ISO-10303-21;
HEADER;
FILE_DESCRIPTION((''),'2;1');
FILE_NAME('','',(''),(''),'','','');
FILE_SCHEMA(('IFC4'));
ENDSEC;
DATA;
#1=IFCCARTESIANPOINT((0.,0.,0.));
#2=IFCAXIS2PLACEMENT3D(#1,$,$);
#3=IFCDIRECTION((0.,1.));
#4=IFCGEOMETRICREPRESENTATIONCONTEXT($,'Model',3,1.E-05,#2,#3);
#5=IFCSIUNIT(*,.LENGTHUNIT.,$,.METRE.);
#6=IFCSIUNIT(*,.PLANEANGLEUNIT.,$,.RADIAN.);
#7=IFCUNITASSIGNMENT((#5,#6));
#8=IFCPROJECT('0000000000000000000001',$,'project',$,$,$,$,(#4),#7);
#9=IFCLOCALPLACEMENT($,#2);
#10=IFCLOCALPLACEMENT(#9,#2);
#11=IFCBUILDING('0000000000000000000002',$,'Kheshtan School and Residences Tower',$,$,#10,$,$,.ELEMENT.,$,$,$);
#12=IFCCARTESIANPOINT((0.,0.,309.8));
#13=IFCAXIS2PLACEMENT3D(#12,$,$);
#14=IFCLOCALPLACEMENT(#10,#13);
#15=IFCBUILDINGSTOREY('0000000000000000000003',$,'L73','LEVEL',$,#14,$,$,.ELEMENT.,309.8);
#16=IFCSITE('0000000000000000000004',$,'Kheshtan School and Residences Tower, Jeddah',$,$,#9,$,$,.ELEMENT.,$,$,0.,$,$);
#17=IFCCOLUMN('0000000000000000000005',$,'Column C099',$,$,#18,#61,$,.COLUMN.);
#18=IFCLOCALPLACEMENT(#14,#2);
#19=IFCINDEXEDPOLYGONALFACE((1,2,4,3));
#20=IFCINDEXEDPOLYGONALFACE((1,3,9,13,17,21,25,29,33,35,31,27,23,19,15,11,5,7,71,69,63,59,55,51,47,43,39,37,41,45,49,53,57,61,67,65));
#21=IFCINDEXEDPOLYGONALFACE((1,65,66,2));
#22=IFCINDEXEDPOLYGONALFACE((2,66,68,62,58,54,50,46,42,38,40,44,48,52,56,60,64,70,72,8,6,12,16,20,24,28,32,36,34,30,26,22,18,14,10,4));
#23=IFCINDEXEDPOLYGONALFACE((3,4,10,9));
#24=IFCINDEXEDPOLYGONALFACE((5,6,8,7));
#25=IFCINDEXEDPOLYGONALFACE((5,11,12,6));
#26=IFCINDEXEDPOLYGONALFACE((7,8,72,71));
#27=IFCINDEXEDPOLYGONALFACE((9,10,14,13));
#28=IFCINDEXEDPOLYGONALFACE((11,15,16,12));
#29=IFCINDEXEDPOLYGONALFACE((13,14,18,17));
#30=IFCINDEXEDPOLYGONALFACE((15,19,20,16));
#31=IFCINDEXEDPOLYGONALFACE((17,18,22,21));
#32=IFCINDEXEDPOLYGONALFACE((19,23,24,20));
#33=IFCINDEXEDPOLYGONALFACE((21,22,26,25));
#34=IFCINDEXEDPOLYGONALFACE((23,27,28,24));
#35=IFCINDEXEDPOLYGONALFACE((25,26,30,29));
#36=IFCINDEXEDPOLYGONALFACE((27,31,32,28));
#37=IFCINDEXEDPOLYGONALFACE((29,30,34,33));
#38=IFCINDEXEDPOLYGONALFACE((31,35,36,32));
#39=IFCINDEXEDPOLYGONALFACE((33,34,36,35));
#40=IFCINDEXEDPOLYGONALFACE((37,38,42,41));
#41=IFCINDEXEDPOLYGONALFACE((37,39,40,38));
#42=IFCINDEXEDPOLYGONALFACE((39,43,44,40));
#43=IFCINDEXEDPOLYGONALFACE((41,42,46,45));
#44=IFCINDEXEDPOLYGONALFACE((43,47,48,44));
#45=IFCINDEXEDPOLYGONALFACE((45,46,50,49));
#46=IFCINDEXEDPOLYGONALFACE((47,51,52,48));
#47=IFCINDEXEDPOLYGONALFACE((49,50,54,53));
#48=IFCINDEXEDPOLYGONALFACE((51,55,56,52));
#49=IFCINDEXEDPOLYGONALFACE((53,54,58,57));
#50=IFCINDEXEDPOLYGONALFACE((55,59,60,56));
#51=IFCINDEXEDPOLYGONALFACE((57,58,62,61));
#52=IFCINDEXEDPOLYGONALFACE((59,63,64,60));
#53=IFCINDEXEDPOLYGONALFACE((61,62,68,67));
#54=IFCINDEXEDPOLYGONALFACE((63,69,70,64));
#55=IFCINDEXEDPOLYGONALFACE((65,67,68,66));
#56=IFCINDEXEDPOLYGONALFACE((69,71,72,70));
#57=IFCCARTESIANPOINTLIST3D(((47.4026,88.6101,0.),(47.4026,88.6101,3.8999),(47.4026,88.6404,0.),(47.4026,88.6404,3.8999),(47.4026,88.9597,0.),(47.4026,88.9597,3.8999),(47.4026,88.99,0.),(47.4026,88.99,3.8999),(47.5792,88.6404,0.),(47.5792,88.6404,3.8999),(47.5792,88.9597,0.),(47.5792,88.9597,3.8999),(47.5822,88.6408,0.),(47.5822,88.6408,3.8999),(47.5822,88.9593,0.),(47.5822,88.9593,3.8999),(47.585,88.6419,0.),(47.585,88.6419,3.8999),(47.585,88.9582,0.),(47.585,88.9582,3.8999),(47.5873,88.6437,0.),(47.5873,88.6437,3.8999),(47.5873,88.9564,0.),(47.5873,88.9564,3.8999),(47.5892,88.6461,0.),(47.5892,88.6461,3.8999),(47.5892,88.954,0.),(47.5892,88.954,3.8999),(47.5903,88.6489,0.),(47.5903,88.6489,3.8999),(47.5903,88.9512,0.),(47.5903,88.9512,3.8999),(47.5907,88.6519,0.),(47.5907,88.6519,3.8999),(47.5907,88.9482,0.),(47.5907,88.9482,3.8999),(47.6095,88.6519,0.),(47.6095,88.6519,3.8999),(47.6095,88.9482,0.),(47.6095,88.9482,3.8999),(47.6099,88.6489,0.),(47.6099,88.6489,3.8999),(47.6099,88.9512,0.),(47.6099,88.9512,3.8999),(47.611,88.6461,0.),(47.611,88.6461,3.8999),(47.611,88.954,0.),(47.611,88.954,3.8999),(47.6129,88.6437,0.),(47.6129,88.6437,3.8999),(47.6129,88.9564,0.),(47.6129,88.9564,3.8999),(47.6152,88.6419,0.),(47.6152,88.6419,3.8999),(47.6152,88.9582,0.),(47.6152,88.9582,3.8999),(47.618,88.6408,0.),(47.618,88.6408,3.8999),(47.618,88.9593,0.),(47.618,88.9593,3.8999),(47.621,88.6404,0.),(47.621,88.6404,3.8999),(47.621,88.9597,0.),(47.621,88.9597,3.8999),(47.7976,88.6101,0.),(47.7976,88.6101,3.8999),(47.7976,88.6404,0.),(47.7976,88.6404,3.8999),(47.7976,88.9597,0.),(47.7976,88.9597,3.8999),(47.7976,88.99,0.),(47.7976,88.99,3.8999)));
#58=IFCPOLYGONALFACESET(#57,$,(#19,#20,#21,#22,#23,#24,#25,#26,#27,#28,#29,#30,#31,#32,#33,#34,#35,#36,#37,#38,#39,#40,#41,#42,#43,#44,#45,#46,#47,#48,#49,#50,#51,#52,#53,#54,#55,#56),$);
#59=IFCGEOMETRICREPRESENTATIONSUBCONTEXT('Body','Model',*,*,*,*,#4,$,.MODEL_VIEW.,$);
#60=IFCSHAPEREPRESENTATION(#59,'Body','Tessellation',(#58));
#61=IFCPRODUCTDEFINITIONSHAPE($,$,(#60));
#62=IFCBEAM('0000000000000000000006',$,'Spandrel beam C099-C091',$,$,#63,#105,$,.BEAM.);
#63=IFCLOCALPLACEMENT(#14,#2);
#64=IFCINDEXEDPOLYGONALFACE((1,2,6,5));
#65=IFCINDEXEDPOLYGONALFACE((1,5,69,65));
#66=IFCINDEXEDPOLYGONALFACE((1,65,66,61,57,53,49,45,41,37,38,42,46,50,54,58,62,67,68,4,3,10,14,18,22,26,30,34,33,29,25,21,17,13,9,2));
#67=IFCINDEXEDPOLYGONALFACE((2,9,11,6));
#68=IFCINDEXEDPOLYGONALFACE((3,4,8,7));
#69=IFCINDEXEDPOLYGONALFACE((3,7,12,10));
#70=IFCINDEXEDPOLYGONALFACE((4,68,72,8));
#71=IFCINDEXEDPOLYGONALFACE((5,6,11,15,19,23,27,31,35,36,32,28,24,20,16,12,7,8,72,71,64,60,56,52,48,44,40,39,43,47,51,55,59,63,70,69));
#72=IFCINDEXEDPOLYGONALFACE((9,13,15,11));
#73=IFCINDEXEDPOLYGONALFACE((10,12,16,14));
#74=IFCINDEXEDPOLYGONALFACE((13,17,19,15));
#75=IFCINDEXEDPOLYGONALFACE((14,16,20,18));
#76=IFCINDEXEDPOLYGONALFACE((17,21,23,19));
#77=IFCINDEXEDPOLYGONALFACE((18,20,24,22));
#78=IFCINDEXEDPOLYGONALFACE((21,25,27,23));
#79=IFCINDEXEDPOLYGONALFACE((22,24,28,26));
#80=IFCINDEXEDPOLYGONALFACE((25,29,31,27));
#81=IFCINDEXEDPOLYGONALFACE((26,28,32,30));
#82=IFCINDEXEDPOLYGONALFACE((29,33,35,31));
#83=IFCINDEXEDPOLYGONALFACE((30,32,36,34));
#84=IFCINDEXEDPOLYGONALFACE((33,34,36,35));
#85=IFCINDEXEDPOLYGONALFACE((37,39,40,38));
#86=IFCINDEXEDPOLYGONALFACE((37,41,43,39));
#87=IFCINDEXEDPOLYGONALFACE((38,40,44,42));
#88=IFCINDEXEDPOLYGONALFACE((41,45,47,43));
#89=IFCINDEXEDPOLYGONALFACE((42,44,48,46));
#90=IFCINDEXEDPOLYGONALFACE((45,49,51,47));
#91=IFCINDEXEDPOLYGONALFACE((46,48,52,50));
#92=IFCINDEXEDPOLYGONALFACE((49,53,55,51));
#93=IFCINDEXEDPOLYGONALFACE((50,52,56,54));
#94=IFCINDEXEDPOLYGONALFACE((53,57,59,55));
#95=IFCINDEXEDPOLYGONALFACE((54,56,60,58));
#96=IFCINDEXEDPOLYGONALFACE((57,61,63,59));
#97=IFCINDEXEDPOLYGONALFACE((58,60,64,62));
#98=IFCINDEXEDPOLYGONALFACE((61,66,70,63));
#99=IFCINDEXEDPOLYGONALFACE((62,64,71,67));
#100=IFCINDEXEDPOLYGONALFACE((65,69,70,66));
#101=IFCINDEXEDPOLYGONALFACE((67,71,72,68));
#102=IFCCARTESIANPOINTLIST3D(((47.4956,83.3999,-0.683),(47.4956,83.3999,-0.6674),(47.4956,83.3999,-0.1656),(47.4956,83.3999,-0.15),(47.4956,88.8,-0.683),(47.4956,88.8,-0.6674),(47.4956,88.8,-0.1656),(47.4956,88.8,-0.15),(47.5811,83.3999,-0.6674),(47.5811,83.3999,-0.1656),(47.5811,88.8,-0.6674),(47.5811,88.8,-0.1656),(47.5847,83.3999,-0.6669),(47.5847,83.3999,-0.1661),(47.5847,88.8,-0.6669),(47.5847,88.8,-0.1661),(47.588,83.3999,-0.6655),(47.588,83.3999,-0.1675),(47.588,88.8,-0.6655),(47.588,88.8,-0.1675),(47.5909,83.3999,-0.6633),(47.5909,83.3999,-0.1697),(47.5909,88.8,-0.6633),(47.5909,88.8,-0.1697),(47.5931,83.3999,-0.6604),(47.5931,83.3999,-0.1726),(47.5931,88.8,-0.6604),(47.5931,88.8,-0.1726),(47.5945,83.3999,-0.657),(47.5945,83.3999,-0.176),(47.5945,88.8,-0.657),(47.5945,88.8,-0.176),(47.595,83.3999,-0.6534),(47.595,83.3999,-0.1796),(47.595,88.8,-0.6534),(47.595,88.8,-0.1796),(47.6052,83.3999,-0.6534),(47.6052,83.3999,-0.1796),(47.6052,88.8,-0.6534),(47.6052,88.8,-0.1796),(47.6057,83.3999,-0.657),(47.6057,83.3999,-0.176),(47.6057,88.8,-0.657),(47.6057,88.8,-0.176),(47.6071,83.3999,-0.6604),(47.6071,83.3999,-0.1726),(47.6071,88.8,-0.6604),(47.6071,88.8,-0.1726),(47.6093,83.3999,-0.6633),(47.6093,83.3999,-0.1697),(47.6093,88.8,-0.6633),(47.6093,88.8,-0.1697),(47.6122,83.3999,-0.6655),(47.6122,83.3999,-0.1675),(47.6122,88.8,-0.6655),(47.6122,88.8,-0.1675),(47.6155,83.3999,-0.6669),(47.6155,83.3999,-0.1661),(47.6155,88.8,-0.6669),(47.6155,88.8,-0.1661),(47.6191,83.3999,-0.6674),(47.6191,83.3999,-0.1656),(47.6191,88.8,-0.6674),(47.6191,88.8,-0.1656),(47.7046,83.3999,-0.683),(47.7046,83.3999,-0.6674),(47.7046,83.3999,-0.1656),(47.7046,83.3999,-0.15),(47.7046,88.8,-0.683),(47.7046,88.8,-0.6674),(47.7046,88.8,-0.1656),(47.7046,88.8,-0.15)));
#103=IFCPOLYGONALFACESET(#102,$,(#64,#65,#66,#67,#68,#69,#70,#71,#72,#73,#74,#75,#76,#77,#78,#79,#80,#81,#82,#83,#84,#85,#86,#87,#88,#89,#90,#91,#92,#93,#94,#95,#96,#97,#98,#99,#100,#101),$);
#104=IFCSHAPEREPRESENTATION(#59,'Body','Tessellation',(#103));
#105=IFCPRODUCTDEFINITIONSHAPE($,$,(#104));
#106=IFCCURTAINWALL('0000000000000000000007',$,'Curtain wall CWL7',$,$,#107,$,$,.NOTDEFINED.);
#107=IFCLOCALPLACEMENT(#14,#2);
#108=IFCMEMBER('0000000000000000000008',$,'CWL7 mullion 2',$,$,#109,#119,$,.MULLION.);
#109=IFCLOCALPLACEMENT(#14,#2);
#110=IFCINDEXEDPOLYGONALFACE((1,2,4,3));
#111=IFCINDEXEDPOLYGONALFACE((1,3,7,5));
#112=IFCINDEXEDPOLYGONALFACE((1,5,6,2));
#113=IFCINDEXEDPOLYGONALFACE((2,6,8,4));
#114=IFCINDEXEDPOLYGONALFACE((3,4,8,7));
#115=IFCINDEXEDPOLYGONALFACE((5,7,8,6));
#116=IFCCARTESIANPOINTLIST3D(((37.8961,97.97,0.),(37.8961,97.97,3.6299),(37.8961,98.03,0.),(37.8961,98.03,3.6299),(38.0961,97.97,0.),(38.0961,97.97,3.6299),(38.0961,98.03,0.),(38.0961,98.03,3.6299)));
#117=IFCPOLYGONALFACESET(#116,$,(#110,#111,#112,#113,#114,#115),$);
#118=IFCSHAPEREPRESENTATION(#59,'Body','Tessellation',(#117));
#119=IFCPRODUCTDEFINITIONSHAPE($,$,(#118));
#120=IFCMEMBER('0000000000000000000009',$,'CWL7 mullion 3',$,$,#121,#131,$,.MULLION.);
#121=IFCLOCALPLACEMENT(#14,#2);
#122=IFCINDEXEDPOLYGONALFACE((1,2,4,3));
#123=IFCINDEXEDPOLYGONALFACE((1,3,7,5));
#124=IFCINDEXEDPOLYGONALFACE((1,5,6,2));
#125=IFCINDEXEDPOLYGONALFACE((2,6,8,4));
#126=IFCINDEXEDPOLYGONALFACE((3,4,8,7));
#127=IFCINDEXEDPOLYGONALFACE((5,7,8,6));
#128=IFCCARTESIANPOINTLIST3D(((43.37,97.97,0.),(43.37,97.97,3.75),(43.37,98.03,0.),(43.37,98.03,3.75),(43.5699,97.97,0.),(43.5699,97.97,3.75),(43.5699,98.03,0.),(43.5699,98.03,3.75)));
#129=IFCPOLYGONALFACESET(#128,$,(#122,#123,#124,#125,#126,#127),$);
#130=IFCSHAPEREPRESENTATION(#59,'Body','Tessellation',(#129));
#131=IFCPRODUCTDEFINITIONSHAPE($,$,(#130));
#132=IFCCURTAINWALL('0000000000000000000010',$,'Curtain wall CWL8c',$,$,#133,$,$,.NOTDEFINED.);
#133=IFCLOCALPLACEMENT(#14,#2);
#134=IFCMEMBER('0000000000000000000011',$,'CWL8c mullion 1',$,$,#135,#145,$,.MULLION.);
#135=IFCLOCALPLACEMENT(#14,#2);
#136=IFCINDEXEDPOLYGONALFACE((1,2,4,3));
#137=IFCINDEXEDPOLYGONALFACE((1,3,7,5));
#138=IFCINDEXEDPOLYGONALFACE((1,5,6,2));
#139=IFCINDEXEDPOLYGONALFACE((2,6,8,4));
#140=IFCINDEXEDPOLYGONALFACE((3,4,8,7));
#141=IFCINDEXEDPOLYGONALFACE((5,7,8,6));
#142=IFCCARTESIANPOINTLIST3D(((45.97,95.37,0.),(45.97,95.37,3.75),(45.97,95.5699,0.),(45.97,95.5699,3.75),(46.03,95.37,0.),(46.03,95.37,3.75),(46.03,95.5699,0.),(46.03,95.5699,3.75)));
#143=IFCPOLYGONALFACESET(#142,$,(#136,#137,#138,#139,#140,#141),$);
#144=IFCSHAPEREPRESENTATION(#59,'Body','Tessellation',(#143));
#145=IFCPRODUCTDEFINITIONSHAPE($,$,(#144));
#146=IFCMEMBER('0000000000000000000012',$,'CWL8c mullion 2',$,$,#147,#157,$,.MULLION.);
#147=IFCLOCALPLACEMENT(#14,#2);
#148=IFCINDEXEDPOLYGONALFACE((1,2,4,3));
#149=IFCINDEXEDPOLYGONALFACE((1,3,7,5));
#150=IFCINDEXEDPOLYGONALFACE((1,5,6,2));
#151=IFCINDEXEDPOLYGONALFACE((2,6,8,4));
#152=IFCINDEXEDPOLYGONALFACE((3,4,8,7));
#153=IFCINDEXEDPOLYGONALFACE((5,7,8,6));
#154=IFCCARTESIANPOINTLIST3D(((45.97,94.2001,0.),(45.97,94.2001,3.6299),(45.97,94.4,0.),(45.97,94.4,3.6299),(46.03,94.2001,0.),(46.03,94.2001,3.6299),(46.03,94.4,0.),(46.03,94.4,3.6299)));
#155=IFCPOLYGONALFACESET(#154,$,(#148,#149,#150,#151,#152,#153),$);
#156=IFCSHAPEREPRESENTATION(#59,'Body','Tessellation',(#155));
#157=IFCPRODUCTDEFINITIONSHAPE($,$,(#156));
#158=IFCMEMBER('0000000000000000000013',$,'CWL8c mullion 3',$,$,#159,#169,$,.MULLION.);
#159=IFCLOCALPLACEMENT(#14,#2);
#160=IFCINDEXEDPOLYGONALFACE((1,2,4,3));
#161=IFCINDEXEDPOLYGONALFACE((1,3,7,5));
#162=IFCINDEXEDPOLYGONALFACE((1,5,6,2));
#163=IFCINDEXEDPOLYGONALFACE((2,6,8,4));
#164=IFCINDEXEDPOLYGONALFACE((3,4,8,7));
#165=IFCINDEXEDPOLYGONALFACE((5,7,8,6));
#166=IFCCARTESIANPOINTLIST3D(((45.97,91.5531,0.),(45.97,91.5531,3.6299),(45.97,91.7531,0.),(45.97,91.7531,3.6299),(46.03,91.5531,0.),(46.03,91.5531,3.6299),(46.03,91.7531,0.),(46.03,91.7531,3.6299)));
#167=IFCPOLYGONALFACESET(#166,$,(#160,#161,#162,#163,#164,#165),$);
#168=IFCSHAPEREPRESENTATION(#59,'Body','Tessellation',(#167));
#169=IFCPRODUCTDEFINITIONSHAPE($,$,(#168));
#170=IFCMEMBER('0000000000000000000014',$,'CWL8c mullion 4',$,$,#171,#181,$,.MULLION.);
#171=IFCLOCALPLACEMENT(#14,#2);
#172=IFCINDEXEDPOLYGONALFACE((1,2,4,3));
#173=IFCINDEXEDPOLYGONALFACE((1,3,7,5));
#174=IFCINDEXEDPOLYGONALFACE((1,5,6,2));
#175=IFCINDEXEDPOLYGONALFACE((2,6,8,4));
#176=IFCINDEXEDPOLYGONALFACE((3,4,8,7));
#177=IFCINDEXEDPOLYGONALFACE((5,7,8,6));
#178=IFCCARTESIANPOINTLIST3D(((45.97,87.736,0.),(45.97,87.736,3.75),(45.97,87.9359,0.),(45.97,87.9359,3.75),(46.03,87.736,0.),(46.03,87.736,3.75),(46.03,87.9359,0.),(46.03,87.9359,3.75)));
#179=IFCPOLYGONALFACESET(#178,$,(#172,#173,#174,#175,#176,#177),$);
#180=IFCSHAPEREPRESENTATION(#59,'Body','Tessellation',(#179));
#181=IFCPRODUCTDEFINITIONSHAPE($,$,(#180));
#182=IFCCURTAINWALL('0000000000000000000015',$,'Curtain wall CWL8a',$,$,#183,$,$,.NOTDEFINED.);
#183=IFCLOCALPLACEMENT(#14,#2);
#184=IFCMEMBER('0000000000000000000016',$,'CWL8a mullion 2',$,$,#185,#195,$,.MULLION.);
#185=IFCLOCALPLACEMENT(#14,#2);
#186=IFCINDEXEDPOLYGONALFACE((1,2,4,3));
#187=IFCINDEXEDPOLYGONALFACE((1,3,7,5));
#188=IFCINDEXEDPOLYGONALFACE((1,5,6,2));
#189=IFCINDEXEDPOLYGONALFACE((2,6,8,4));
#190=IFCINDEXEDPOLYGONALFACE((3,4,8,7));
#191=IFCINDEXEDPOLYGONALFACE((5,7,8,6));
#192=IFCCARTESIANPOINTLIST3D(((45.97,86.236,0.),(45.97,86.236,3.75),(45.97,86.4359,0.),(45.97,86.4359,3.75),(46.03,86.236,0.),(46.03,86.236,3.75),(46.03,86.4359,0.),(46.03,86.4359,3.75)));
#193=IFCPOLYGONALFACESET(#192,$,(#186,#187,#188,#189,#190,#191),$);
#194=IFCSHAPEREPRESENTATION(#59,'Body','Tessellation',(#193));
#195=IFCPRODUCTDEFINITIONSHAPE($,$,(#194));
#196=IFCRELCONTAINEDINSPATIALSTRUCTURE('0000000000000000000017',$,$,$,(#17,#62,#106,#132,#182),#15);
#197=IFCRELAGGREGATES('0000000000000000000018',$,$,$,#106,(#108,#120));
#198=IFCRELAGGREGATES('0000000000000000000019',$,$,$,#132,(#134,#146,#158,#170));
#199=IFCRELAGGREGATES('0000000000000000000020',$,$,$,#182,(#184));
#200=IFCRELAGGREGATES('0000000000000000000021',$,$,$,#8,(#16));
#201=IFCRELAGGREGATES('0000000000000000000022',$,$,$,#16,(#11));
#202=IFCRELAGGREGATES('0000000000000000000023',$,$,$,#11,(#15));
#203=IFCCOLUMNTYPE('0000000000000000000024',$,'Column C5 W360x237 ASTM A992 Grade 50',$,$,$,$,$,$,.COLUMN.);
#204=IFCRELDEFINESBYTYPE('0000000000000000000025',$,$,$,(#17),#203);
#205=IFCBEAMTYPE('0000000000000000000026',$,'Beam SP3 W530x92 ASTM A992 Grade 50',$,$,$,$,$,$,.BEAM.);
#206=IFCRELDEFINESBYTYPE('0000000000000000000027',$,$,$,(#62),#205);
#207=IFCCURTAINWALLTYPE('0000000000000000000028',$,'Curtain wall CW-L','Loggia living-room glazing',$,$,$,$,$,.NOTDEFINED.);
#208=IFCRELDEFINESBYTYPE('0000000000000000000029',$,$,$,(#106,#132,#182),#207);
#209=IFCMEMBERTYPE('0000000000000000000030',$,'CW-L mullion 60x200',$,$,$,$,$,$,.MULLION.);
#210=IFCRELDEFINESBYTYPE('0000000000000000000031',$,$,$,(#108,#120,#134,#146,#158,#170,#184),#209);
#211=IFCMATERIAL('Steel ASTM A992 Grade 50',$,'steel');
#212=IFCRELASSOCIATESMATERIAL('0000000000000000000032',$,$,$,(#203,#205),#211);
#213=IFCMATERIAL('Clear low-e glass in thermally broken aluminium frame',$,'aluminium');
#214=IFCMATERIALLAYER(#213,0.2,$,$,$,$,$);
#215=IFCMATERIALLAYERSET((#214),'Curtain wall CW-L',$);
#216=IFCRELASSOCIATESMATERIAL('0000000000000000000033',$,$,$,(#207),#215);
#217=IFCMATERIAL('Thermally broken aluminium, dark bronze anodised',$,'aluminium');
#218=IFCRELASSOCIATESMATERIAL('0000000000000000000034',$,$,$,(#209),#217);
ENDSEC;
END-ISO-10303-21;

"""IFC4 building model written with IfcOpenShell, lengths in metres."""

from ifc_helpers import new_model, si_unit, direction, frame, origin, origin_2d, place, context, subcontext, project, spatial, rectangle, i_section, extrude, material, layer, layer_set, material_profile, profile_set, type_object, element, aggregate, save


model = new_model("IFC4")

# Units and contexts
model_context = context("Model", 3, precision=1e-05, world=origin(), true_north=direction((0.0, 1.0)))
body_context = subcontext(model_context, "Body", "Model", "MODEL_VIEW")
ifc_project = project(units=[si_unit("LENGTHUNIT", "METRE"), si_unit("PLANEANGLEUNIT", "RADIAN")], contexts=[model_context])

# Site, building, storey
site_placement = place(None, origin())
site = spatial("IfcSite", under=ifc_project, at=site_placement, Name="Kheshtan School and Residences Tower, Jeddah", CompositionType="ELEMENT", RefElevation=0.0)
building_placement = place(site_placement, origin())
building = spatial("IfcBuilding", under=site, at=building_placement, Name="Kheshtan School and Residences Tower", CompositionType="ELEMENT")
storey_placement = place(building_placement, frame((0.0, 0.0, 309.8)))
storey = spatial("IfcBuildingStorey", under=building, at=storey_placement, Name="L73", Description="LEVEL", CompositionType="ELEMENT", Elevation=309.8)

# Column
ifc_material_1 = material(Name="Steel ASTM A992 Grade 50", Category="steel")
ifc_material_profile_1 = material_profile(ifc_material_1, i_section(OverallWidth=0.395, OverallDepth=0.3799, WebThickness=0.0188, FlangeThickness=0.0303, FilletRadius=0.0115, at=origin_2d()), Name="W360x237")
ifc_profile_set_1 = profile_set([ifc_material_profile_1], Name="Steel ASTM A992 Grade 50")
column_type = type_object("IfcColumnType", Name="Column C5 W360x237 ASTM A992 Grade 50", PredefinedType="COLUMN", material=ifc_profile_set_1)
column_placement = place(storey_placement, frame((47.6001, 88.8, 0.0), z_axis=(0.0, 0.0, 1.0), x_axis=(1.0, 0.0, 0.0)))
element("IfcColumn", 1, at=column_placement, inside=storey, type_object=column_type, Name="Column C099", PredefinedType="COLUMN", context=body_context, shape_type="SweptSolid", body=[
    extrude(i_section(OverallWidth=0.395, OverallDepth=0.3799, WebThickness=0.0188, FlangeThickness=0.0303, FilletRadius=0.0115, at=origin_2d()), origin(), (0.0, 0.0, 1.0), 3.8999),
])

# Beam
ifc_material_profile_2 = material_profile(ifc_material_1, i_section(OverallWidth=0.209, OverallDepth=0.533, WebThickness=0.0103, FlangeThickness=0.0156, FilletRadius=0.0139, at=origin_2d()), Name="W530x92")
ifc_profile_set_2 = profile_set([ifc_material_profile_2], Name="Steel ASTM A992 Grade 50")
beam_type = type_object("IfcBeamType", Name="Beam SP3 W530x92 ASTM A992 Grade 50", PredefinedType="BEAM", material=ifc_profile_set_2)
beam_placement = place(storey_placement, frame((47.6001, 88.8, -0.4165), z_axis=(0.0, -1.0, 0.0), x_axis=(1.0, 0.0, 0.0)))
element("IfcBeam", 2, at=beam_placement, inside=storey, type_object=beam_type, Name="Spandrel beam C099-C091", PredefinedType="BEAM", context=body_context, shape_type="SweptSolid", body=[
    extrude(i_section(OverallWidth=0.209, OverallDepth=0.533, WebThickness=0.0103, FlangeThickness=0.0156, FilletRadius=0.0139, at=origin_2d()), origin(), (0.0, 0.0, 1.0), 5.4001),
])

# Curtain walls, members
ifc_material_2 = material(Name="Clear low-e glass in thermally broken aluminium frame", Category="aluminium")
ifc_layer_1 = layer(ifc_material_2, 0.2)
ifc_layer_set_1 = layer_set([ifc_layer_1], Name="Curtain wall CW-L")
curtain_wall_type = type_object("IfcCurtainWallType", Name="Curtain wall CW-L", Description="Loggia living-room glazing", PredefinedType="NOTDEFINED", material=ifc_layer_set_1)
curtain_wall_1_placement = place(storey_placement, origin())
curtain_wall_1 = element("IfcCurtainWall", 3, at=curtain_wall_1_placement, inside=storey, type_object=curtain_wall_type, Name="Curtain wall CWL7", PredefinedType="NOTDEFINED")
ifc_material_3 = material(Name="Thermally broken aluminium, dark bronze anodised", Category="aluminium")
ifc_material_profile_3 = material_profile(ifc_material_3, rectangle(XDim=0.0601, YDim=0.2, at=origin_2d()), Name="CW-L mullion 60x200")
ifc_profile_set_3 = profile_set([ifc_material_profile_3], Name="Thermally broken aluminium, dark bronze anodised")
member_type_1 = type_object("IfcMemberType", Name="CW-L mullion 60x200", PredefinedType="MULLION", material=ifc_profile_set_3)
member_1_placement = place(storey_placement, frame((37.9961, 98.0, 0.0), z_axis=(0.0, 0.0, 1.0), x_axis=(0.0, 1.0, 0.0)))
member_1 = element("IfcMember", 4, at=member_1_placement, type_object=member_type_1, Name="CWL7 mullion 2", PredefinedType="MULLION", context=body_context, shape_type="SweptSolid", body=[
    extrude(rectangle(XDim=0.0601, YDim=0.2, at=origin_2d()), origin(), (0.0, 0.0, 1.0), 3.6299),
])
member_2_placement = place(storey_placement, frame((43.47, 98.0, 0.0), z_axis=(0.0, 0.0, 1.0), x_axis=(0.0, 1.0, 0.0)))
member_2 = element("IfcMember", 5, at=member_2_placement, type_object=member_type_1, Name="CWL7 mullion 3", PredefinedType="MULLION", context=body_context, shape_type="SweptSolid", body=[
    extrude(rectangle(XDim=0.0601, YDim=0.2, at=origin_2d()), origin(), (0.0, 0.0, 1.0), 3.75),
])
curtain_wall_2_placement = place(storey_placement, origin())
curtain_wall_2 = element("IfcCurtainWall", 6, at=curtain_wall_2_placement, inside=storey, type_object=curtain_wall_type, Name="Curtain wall CWL8c", PredefinedType="NOTDEFINED")
member_3_placement = place(storey_placement, frame((46.0, 95.47, 0.0), z_axis=(0.0, 0.0, 1.0), x_axis=(1.0, 0.0, 0.0)))
member_3 = element("IfcMember", 7, at=member_3_placement, type_object=member_type_1, Name="CWL8c mullion 1", PredefinedType="MULLION", context=body_context, shape_type="SweptSolid", body=[
    extrude(rectangle(XDim=0.0601, YDim=0.2, at=origin_2d()), origin(), (0.0, 0.0, 1.0), 3.75),
])
member_4_placement = place(storey_placement, frame((46.0, 94.3, 0.0), z_axis=(0.0, 0.0, 1.0), x_axis=(1.0, 0.0, 0.0)))
member_4 = element("IfcMember", 8, at=member_4_placement, type_object=member_type_1, Name="CWL8c mullion 2", PredefinedType="MULLION", context=body_context, shape_type="SweptSolid", body=[
    extrude(rectangle(XDim=0.0601, YDim=0.2, at=origin_2d()), origin(), (0.0, 0.0, 1.0), 3.6299),
])
member_5_placement = place(storey_placement, frame((46.0, 91.6531, 0.0), z_axis=(0.0, 0.0, 1.0), x_axis=(1.0, 0.0, 0.0)))
member_5 = element("IfcMember", 9, at=member_5_placement, type_object=member_type_1, Name="CWL8c mullion 3", PredefinedType="MULLION", context=body_context, shape_type="SweptSolid", body=[
    extrude(rectangle(XDim=0.0601, YDim=0.2, at=origin_2d()), origin(), (0.0, 0.0, 1.0), 3.6299),
])
member_6_placement = place(storey_placement, frame((46.0, 87.8359, 0.0), z_axis=(0.0, 0.0, 1.0), x_axis=(1.0, 0.0, 0.0)))
member_6 = element("IfcMember", 10, at=member_6_placement, type_object=member_type_1, Name="CWL8c mullion 4", PredefinedType="MULLION", context=body_context, shape_type="SweptSolid", body=[
    extrude(rectangle(XDim=0.0601, YDim=0.2, at=origin_2d()), origin(), (0.0, 0.0, 1.0), 3.75),
])

# Curtain wall, member
curtain_wall_3_placement = place(storey_placement, origin())
curtain_wall_3 = element("IfcCurtainWall", 11, at=curtain_wall_3_placement, inside=storey, type_object=curtain_wall_type, Name="Curtain wall CWL8a", PredefinedType="NOTDEFINED")
member_7_placement = place(storey_placement, frame((46.0, 86.3359, 0.0), z_axis=(0.0, 0.0, 1.0), x_axis=(1.0, 0.0, 0.0)))
member_7 = element("IfcMember", 12, at=member_7_placement, type_object=member_type_1, Name="CWL8a mullion 2", PredefinedType="MULLION", context=body_context, shape_type="SweptSolid", body=[
    extrude(rectangle(XDim=0.0601, YDim=0.2, at=origin_2d()), origin(), (0.0, 0.0, 1.0), 3.75),
])

aggregate(curtain_wall_1, [member_1, member_2])
aggregate(curtain_wall_2, [member_3, member_4, member_5, member_6])
aggregate(curtain_wall_3, [member_7])

save(model, "model.ifc")
